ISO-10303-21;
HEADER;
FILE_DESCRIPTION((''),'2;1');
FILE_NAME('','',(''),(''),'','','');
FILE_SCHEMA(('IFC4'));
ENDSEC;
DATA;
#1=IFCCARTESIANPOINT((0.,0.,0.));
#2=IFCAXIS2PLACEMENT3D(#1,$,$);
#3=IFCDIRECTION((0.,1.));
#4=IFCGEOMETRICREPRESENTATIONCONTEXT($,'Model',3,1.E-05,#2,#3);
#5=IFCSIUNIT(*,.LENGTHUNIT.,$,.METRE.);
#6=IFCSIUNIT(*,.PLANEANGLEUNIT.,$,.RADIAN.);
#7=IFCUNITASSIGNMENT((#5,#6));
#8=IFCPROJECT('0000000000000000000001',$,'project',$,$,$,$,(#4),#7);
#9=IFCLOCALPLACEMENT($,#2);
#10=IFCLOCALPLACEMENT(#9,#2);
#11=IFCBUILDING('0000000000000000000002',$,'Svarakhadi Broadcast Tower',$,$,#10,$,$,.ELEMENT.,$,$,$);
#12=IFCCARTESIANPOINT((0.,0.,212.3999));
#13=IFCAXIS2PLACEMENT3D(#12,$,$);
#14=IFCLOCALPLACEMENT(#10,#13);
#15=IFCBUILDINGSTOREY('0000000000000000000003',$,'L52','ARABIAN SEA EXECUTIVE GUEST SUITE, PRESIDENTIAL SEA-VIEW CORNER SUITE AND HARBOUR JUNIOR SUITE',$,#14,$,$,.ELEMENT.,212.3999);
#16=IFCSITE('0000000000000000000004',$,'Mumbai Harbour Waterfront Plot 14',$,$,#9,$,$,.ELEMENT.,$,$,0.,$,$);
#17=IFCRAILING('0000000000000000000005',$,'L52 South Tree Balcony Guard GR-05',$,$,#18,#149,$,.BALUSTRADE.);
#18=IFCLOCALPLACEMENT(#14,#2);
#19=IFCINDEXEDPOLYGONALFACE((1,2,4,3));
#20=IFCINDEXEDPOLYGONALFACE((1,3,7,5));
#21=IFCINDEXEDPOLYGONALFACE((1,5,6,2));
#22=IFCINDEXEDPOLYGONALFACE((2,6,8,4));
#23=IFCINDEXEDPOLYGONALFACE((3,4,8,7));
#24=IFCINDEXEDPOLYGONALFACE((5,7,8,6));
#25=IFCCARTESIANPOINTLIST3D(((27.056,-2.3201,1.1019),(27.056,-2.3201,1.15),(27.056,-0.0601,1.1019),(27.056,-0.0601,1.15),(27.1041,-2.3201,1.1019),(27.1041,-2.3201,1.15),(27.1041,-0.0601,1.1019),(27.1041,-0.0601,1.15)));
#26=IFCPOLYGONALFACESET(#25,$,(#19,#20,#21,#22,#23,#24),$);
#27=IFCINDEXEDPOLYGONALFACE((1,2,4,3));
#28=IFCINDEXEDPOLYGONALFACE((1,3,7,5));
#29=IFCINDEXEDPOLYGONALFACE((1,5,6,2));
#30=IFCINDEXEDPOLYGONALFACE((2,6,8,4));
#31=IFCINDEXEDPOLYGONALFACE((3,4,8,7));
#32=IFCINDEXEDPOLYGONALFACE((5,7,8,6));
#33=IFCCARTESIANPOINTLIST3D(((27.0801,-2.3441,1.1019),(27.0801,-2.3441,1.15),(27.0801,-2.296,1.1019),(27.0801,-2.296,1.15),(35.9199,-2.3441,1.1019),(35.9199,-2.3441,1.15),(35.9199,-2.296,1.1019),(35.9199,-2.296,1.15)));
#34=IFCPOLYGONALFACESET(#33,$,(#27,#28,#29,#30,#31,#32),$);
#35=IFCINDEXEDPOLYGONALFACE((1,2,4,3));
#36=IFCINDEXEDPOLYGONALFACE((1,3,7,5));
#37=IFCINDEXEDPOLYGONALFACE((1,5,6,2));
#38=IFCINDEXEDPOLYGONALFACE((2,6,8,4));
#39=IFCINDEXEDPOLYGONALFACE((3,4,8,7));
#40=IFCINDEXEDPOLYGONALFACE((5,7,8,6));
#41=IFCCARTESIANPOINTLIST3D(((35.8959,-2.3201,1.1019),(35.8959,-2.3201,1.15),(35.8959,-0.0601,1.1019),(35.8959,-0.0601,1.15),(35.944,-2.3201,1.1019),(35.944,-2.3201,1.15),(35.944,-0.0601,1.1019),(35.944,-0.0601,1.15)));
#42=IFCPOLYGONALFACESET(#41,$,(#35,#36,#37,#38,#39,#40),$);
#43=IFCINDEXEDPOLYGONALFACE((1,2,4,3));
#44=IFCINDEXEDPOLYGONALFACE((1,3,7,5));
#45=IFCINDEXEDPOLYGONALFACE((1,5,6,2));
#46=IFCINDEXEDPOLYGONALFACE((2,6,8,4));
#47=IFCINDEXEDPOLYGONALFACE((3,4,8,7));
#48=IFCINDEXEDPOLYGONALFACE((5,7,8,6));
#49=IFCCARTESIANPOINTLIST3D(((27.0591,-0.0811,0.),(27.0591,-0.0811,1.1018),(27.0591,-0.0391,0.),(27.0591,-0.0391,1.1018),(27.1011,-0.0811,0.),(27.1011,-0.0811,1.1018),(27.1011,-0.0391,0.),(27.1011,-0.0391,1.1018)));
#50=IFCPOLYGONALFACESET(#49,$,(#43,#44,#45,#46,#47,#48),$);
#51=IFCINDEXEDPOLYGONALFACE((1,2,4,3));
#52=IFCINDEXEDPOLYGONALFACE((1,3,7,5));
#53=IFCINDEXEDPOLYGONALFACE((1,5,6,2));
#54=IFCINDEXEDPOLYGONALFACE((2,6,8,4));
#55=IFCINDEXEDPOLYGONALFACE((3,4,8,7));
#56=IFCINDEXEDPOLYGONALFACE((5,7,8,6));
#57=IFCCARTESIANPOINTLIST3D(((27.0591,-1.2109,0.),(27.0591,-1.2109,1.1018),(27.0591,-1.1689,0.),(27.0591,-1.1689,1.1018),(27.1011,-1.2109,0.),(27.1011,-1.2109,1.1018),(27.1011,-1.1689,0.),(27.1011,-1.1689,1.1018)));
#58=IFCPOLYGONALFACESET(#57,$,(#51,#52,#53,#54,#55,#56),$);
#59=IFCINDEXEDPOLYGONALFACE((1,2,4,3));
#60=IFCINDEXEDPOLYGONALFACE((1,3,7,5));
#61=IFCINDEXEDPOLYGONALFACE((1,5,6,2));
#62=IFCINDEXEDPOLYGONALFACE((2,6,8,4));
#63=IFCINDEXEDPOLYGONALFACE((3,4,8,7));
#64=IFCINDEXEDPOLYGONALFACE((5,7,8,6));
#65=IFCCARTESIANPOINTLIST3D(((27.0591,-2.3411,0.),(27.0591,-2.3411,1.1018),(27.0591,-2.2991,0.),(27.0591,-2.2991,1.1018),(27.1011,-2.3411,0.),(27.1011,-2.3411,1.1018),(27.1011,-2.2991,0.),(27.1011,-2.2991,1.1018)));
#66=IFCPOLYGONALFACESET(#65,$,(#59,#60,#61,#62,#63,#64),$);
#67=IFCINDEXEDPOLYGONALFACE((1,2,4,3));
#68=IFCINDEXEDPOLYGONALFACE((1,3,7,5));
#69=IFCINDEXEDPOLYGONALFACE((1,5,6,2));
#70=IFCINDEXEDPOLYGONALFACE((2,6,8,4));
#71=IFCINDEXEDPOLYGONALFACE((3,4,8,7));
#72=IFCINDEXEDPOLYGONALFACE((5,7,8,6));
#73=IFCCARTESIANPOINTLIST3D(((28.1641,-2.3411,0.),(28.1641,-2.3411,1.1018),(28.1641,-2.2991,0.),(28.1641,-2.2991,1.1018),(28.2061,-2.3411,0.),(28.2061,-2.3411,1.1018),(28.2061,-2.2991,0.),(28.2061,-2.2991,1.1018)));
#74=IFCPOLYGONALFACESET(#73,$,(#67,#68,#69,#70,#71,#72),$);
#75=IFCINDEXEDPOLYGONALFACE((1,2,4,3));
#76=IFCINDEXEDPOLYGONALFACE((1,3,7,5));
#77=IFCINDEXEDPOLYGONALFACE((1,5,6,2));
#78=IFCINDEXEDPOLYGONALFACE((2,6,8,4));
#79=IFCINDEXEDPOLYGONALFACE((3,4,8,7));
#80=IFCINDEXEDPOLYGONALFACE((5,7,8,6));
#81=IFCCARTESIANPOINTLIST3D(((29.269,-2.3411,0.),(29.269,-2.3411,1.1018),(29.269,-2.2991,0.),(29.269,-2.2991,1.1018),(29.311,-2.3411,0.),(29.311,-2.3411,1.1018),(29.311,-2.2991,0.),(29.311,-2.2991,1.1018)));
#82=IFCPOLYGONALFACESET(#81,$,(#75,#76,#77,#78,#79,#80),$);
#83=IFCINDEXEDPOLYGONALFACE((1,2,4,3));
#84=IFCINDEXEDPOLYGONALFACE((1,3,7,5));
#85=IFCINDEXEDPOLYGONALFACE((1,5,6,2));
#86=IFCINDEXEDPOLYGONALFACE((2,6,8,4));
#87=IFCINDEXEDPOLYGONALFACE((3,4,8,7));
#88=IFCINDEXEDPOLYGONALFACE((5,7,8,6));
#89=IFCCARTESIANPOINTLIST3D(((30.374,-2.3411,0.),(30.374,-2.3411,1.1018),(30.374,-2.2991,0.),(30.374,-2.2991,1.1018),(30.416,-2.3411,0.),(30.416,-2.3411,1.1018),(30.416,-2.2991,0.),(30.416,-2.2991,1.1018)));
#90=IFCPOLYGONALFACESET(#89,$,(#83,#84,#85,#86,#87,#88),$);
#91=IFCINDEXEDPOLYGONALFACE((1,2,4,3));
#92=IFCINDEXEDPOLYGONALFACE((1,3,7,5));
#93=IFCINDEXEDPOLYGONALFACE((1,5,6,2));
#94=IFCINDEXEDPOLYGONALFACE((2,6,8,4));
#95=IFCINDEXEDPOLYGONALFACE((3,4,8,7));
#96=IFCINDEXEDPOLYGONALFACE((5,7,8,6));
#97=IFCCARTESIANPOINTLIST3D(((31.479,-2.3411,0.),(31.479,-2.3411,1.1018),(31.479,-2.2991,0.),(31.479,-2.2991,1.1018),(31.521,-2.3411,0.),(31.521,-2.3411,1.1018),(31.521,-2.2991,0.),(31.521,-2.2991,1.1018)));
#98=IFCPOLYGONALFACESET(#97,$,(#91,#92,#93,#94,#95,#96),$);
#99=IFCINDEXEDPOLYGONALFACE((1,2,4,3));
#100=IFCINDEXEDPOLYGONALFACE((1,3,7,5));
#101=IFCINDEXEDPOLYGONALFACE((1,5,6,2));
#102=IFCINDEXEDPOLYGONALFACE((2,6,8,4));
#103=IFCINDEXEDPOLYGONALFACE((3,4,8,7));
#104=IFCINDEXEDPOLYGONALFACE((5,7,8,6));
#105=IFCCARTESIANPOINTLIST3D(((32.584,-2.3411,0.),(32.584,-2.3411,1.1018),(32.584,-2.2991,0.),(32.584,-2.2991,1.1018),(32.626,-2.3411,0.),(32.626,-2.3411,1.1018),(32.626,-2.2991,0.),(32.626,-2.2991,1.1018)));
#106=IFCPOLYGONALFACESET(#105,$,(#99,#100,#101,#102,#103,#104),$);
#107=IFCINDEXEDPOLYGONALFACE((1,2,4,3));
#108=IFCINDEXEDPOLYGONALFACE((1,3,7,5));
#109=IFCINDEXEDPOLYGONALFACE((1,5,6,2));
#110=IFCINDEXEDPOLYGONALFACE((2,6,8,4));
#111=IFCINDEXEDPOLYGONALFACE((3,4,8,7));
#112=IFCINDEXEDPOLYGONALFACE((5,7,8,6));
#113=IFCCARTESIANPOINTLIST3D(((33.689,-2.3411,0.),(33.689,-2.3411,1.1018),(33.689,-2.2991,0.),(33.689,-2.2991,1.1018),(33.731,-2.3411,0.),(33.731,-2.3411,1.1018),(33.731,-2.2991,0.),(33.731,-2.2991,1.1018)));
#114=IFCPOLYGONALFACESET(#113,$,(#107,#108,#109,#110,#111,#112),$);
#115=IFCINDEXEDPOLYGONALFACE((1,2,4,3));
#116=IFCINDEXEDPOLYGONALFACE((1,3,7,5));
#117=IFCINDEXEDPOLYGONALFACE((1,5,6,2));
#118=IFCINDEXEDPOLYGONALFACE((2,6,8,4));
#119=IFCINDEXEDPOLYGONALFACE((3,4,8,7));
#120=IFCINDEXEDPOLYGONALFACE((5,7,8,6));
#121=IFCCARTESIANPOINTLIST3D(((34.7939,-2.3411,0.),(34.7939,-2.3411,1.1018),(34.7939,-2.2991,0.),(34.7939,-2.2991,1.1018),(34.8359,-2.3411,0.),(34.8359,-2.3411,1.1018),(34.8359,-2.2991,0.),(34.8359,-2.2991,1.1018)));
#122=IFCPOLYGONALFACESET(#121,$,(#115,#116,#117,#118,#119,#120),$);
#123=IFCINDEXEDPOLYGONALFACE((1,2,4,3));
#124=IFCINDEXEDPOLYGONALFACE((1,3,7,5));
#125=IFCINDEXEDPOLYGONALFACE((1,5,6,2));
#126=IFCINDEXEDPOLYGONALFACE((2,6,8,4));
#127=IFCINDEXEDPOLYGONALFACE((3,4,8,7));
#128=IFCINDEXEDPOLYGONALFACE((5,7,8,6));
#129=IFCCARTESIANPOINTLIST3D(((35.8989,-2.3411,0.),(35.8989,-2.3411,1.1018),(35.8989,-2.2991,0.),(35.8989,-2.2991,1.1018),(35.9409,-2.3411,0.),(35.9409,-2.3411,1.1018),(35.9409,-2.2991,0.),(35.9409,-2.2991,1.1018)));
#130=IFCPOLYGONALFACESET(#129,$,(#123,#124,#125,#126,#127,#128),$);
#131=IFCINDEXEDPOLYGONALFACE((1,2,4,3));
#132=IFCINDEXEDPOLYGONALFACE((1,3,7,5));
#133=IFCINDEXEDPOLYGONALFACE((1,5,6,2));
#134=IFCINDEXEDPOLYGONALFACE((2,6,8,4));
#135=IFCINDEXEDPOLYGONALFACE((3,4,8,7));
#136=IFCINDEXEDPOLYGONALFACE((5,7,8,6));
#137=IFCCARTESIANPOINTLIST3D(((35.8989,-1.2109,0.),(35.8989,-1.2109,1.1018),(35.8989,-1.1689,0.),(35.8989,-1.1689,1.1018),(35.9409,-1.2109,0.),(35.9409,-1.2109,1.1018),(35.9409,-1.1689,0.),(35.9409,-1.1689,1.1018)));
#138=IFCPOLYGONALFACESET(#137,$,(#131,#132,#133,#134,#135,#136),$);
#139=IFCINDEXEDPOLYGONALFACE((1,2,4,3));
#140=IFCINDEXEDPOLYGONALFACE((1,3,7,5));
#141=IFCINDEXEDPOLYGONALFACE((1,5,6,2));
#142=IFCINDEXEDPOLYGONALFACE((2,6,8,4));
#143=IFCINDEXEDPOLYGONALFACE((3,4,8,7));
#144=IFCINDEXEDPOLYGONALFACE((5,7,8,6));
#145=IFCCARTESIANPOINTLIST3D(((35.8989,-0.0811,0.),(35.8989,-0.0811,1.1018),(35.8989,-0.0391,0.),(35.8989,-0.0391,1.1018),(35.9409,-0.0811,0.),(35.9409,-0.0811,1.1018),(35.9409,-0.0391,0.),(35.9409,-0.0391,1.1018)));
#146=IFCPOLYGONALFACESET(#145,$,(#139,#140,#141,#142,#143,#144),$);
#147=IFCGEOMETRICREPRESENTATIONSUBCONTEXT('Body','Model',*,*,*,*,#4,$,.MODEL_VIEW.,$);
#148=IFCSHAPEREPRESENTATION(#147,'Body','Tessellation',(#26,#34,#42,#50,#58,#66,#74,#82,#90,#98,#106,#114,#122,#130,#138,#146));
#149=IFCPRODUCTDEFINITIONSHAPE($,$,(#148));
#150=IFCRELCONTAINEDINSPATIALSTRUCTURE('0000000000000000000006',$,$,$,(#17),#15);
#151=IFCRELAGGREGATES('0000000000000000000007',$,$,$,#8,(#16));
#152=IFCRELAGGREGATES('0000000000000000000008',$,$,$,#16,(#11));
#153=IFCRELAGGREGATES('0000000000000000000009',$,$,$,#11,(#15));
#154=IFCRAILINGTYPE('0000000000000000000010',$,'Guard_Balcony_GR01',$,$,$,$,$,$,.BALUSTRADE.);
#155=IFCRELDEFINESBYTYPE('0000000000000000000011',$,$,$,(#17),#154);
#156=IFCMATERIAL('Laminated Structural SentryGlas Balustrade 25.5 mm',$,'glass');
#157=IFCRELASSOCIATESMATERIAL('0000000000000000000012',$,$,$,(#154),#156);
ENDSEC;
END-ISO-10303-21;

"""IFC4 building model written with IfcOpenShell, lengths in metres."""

from ifc_helpers import new_model, si_unit, direction, frame, origin, origin_2d, place, context, subcontext, project, spatial, rectangle, extrude, material, type_object, element, save


model = new_model("IFC4")

# Units and contexts
model_context = context("Model", 3, precision=1e-05, world=origin(), true_north=direction((0.0, 1.0)))
body_context = subcontext(model_context, "Body", "Model", "MODEL_VIEW")
ifc_project = project(units=[si_unit("LENGTHUNIT", "METRE"), si_unit("PLANEANGLEUNIT", "RADIAN")], contexts=[model_context])

# Site, building, storey
site_placement = place(None, origin())
site = spatial("IfcSite", under=ifc_project, at=site_placement, Name="Mumbai Harbour Waterfront Plot 14", CompositionType="ELEMENT", RefElevation=0.0)
building_placement = place(site_placement, origin())
building = spatial("IfcBuilding", under=site, at=building_placement, Name="Svarakhadi Broadcast Tower", CompositionType="ELEMENT")
storey_placement = place(building_placement, frame((0.0, 0.0, 212.3999)))
storey = spatial("IfcBuildingStorey", under=building, at=storey_placement, Name="L52", Description="ARABIAN SEA EXECUTIVE GUEST SUITE, PRESIDENTIAL SEA-VIEW CORNER SUITE AND HARBOUR JUNIOR SUITE", CompositionType="ELEMENT", Elevation=212.3999)

# Railing
ifc_material_1 = material(Name="Laminated Structural SentryGlas Balustrade 25.5 mm", Category="glass")
railing_type = type_object("IfcRailingType", Name="Guard_Balcony_GR01", PredefinedType="BALUSTRADE", material=ifc_material_1)
railing_placement = place(storey_placement, frame((27.0801, -0.0601, 0.0)))
element("IfcRailing", 1, at=railing_placement, inside=storey, type_object=railing_type, Name="L52 South Tree Balcony Guard GR-05", PredefinedType="BALUSTRADE", context=body_context, shape_type="SweptSolid", body=[
    extrude(rectangle(XDim=0.0481, YDim=0.0481, at=origin_2d()), frame((0.0, 0.0, 1.126), z_axis=(0.0, -1.0, 0.0), x_axis=(1.0, 0.0, 0.0)), (0.0, 0.0, 1.0), 2.26),
    extrude(rectangle(XDim=0.0481, YDim=0.0481, at=origin_2d()), frame((0.0, -2.26, 1.126), z_axis=(1.0, 0.0, 0.0), x_axis=(0.0, 1.0, 0.0)), (0.0, 0.0, 1.0), 8.8398),
    extrude(rectangle(XDim=0.0481, YDim=0.0481, at=origin_2d()), frame((8.8398, -2.26, 1.126), z_axis=(0.0, 1.0, 0.0), x_axis=(-1.0, 0.0, 0.0)), (0.0, 0.0, 1.0), 2.26),
    extrude(rectangle(XDim=0.042, YDim=0.042, at=origin_2d()), origin(), (0.0, 0.0, 1.0), 1.1018),
    extrude(rectangle(XDim=0.042, YDim=0.042, at=origin_2d()), frame((0.0, -1.1299, 0.0)), (0.0, 0.0, 1.0), 1.1018),
    extrude(rectangle(XDim=0.042, YDim=0.042, at=origin_2d()), frame((0.0, -2.26, 0.0)), (0.0, 0.0, 1.0), 1.1018),
    extrude(rectangle(XDim=0.042, YDim=0.042, at=origin_2d()), frame((1.105, -2.26, 0.0)), (0.0, 0.0, 1.0), 1.1018),
    extrude(rectangle(XDim=0.042, YDim=0.042, at=origin_2d()), frame((2.21, -2.26, 0.0)), (0.0, 0.0, 1.0), 1.1018),
    extrude(rectangle(XDim=0.042, YDim=0.042, at=origin_2d()), frame((3.3149, -2.26, 0.0)), (0.0, 0.0, 1.0), 1.1018),
    extrude(rectangle(XDim=0.042, YDim=0.042, at=origin_2d()), frame((4.4199, -2.26, 0.0)), (0.0, 0.0, 1.0), 1.1018),
    extrude(rectangle(XDim=0.042, YDim=0.042, at=origin_2d()), frame((5.5249, -2.26, 0.0)), (0.0, 0.0, 1.0), 1.1018),
    extrude(rectangle(XDim=0.042, YDim=0.042, at=origin_2d()), frame((6.6299, -2.26, 0.0)), (0.0, 0.0, 1.0), 1.1018),
    extrude(rectangle(XDim=0.042, YDim=0.042, at=origin_2d()), frame((7.7349, -2.26, 0.0)), (0.0, 0.0, 1.0), 1.1018),
    extrude(rectangle(XDim=0.042, YDim=0.042, at=origin_2d()), frame((8.8398, -2.26, 0.0)), (0.0, 0.0, 1.0), 1.1018),
    extrude(rectangle(XDim=0.042, YDim=0.042, at=origin_2d()), frame((8.8398, -1.1299, 0.0)), (0.0, 0.0, 1.0), 1.1018),
    extrude(rectangle(XDim=0.042, YDim=0.042, at=origin_2d()), frame((8.8398, 0.0, 0.0)), (0.0, 0.0, 1.0), 1.1018),
])

save(model, "model.ifc")
